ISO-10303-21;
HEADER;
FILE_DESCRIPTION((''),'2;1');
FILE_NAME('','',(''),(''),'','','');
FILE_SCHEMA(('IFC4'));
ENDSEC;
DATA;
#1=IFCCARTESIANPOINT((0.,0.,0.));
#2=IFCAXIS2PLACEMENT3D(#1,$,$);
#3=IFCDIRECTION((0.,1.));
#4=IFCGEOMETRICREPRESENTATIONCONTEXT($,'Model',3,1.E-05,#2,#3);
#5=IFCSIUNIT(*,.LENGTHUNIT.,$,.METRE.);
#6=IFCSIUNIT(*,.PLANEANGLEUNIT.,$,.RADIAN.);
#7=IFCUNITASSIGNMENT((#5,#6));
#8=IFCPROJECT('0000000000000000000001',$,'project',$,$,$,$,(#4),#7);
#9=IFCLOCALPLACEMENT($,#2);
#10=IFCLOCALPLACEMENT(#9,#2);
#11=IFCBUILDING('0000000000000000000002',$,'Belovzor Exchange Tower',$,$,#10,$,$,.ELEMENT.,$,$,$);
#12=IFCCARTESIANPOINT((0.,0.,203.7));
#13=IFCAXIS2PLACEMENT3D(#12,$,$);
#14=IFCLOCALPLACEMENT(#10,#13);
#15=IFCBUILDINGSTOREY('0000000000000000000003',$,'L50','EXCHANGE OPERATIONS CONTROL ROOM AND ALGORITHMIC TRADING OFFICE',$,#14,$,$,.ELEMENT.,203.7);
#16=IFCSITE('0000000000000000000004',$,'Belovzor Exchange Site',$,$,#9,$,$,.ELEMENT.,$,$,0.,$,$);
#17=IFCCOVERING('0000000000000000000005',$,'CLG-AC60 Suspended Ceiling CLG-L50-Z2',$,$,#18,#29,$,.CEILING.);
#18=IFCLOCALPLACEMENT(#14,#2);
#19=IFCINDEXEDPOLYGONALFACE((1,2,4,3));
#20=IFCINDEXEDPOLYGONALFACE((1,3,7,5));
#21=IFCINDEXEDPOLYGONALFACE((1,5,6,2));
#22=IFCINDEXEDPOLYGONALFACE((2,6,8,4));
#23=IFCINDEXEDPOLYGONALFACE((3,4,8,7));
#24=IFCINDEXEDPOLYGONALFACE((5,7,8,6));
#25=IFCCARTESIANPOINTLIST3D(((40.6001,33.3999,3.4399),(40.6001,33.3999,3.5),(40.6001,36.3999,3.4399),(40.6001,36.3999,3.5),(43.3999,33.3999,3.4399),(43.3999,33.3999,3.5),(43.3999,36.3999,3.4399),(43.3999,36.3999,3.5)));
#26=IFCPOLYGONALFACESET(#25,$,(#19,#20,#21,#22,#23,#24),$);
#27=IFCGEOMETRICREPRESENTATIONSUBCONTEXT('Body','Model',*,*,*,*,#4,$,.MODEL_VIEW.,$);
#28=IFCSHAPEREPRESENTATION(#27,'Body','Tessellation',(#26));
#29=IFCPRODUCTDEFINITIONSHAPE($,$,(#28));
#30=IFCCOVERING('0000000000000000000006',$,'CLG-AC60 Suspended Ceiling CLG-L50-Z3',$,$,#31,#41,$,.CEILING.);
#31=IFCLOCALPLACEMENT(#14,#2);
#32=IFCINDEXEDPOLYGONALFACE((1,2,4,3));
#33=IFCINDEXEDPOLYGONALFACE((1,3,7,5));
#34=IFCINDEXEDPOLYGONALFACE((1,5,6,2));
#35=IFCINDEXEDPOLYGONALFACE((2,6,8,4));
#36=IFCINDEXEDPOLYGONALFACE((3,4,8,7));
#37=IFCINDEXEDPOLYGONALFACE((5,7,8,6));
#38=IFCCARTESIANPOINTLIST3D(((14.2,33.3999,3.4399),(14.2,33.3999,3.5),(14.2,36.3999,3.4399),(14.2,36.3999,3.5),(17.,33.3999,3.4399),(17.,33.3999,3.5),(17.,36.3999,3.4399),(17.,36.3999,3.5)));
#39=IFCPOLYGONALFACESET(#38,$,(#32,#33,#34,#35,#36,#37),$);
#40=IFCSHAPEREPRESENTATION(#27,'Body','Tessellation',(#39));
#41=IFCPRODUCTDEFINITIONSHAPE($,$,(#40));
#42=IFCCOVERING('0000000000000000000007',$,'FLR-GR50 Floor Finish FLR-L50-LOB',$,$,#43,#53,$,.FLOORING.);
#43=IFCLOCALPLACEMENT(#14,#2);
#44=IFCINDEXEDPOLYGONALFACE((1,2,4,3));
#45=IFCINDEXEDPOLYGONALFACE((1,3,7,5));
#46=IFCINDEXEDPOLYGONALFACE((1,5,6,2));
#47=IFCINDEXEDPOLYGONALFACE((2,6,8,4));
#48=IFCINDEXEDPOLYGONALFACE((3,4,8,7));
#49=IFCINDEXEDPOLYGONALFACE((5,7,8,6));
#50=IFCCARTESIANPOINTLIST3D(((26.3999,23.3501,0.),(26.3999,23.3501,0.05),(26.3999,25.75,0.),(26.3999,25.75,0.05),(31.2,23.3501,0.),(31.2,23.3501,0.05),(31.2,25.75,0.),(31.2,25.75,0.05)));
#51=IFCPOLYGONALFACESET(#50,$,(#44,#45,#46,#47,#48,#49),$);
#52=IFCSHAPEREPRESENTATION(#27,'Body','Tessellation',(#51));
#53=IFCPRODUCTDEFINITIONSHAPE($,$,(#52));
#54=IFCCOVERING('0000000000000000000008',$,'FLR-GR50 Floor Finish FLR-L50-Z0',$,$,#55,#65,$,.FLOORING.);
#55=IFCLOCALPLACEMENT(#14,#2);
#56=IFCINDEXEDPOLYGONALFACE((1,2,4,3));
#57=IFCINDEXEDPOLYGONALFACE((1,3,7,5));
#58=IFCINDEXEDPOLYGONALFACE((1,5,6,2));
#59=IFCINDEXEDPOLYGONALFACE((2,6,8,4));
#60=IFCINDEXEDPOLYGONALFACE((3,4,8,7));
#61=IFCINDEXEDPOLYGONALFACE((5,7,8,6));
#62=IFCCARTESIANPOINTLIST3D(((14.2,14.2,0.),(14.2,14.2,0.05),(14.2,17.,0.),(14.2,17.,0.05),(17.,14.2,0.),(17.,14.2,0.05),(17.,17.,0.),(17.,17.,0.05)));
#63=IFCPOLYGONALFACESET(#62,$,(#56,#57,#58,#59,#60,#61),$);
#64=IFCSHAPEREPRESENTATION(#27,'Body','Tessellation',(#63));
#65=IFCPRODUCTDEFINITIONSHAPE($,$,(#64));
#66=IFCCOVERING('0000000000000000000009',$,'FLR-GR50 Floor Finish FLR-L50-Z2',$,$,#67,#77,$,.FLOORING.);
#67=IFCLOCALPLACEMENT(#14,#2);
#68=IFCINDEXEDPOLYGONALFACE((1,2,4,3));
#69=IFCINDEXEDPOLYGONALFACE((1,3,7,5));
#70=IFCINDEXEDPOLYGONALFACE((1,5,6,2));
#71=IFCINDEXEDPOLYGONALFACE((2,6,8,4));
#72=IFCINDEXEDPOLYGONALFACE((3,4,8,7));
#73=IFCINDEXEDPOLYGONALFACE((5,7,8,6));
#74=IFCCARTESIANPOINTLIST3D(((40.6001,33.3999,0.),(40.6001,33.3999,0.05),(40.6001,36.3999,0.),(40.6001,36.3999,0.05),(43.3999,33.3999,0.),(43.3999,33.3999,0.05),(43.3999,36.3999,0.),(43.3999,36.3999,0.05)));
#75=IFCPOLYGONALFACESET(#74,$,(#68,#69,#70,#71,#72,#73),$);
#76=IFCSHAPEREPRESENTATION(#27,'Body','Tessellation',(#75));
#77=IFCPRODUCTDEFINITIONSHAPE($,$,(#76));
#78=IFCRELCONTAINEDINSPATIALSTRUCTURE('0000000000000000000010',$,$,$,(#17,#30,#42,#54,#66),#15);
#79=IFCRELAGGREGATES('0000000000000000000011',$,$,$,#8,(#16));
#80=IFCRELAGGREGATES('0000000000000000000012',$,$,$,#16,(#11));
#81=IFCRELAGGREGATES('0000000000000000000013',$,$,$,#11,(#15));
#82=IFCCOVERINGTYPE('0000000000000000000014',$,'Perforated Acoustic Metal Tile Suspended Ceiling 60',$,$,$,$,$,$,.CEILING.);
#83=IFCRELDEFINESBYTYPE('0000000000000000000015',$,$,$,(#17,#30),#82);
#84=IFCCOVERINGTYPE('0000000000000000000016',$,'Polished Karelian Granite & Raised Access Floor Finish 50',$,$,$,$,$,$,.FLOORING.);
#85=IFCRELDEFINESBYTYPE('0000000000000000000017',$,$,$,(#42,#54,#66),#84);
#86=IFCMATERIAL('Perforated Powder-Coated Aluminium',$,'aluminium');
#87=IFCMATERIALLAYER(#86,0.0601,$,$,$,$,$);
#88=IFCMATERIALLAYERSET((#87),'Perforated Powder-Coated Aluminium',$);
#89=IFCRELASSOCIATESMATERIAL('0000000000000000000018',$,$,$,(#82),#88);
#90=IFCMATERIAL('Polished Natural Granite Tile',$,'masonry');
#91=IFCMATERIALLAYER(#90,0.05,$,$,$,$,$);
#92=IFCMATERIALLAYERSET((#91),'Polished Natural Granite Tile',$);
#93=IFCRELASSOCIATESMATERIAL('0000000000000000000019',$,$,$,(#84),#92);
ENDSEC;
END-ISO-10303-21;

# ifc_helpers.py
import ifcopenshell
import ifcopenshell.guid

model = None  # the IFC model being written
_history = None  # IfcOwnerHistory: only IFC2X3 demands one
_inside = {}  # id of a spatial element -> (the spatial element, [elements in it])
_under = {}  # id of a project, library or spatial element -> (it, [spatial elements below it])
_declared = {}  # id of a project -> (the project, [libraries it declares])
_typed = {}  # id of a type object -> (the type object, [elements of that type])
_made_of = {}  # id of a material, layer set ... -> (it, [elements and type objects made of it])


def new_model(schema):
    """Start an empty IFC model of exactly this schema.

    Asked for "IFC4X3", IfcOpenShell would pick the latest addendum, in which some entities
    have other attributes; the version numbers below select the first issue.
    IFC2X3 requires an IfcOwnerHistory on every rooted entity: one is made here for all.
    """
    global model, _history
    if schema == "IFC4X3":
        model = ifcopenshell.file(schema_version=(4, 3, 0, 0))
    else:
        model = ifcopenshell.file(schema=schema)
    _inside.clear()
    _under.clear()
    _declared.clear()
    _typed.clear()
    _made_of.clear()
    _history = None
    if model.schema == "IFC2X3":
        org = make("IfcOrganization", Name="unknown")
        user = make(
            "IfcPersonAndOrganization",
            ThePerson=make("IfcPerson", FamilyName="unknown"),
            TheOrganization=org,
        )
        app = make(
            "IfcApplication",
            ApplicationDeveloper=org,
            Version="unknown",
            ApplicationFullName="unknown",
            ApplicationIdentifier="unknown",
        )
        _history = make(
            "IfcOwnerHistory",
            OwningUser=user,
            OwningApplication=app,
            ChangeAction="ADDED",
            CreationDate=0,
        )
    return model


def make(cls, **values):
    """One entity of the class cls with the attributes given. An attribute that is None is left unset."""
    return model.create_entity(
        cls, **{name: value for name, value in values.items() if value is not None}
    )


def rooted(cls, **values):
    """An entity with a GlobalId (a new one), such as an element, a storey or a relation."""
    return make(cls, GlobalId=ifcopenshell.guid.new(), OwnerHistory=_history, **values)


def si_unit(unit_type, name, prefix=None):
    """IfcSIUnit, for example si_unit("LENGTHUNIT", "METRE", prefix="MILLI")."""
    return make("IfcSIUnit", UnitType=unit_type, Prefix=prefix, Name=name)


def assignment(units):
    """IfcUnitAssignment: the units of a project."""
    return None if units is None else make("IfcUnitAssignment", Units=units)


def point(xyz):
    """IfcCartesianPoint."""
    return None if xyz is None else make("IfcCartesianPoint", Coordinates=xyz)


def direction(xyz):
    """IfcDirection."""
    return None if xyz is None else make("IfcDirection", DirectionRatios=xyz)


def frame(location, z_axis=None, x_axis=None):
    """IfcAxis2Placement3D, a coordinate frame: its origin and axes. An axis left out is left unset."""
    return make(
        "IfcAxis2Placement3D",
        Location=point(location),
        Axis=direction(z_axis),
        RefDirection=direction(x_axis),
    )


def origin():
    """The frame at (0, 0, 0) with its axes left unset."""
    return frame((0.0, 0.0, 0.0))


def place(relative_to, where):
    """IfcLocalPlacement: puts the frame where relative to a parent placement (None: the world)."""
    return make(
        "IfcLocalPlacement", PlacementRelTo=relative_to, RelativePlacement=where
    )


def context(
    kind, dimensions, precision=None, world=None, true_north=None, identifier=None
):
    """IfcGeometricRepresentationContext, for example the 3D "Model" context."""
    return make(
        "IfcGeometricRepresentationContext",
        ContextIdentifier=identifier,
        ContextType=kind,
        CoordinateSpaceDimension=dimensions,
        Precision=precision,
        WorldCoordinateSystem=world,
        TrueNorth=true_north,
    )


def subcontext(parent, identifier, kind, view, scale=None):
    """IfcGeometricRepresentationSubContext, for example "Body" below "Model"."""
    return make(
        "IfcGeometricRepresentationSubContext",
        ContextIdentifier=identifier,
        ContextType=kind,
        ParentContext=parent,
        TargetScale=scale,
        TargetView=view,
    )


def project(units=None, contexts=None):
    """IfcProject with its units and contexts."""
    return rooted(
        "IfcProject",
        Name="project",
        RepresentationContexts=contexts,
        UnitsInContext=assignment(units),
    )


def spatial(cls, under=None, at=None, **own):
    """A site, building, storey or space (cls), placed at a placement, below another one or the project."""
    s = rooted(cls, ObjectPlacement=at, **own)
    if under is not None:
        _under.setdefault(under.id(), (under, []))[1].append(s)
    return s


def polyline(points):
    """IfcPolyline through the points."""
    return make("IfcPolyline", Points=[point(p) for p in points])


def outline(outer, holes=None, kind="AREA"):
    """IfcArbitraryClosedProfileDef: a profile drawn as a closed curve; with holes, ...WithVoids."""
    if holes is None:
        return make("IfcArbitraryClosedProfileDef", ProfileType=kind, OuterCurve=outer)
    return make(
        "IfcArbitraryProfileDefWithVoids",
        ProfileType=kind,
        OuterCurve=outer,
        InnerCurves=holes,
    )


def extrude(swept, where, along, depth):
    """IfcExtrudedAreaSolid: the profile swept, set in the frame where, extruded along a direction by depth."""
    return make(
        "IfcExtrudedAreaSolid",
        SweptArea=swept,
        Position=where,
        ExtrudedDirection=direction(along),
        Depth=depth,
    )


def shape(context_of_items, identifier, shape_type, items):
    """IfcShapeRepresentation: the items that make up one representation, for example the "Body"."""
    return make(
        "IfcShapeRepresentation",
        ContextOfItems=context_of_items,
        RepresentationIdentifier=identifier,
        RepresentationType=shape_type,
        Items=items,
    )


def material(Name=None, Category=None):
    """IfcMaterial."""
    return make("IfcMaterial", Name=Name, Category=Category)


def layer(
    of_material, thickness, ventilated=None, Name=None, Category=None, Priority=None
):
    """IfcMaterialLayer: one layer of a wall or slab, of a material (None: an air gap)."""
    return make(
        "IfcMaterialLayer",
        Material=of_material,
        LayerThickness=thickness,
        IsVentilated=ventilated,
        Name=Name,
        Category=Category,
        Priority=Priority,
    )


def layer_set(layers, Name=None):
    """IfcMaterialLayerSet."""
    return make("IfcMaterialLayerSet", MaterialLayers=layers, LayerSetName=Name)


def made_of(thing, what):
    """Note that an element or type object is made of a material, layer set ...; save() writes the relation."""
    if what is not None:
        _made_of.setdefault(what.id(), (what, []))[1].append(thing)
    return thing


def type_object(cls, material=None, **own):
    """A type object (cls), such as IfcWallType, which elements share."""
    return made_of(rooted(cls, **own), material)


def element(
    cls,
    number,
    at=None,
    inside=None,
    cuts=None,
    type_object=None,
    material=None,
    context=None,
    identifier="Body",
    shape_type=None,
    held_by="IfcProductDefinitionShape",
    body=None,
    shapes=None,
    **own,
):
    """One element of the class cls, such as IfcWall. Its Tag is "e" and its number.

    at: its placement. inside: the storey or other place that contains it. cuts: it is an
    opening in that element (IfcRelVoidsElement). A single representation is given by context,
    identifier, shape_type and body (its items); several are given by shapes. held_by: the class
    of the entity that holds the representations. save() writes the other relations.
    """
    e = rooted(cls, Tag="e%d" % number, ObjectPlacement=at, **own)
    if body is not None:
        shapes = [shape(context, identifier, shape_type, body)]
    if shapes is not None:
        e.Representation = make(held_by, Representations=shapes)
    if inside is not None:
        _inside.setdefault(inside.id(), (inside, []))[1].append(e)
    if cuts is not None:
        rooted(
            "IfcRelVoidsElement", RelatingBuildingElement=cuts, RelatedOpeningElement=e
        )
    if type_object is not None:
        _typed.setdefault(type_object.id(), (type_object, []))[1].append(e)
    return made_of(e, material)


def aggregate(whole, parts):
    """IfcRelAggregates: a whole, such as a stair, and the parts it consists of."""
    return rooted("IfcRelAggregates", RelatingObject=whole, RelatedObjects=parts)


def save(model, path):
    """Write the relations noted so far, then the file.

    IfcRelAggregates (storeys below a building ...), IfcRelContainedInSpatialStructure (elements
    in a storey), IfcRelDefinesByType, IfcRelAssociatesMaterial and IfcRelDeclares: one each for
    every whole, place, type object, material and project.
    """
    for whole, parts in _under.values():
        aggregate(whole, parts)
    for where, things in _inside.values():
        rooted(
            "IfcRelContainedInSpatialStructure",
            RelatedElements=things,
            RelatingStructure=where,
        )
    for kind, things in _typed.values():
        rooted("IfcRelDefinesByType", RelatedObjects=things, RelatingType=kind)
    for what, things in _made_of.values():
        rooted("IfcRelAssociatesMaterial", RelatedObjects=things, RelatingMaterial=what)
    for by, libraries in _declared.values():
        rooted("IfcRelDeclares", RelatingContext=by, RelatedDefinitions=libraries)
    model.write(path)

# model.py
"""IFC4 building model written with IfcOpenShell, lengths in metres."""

from ifc_helpers import new_model, si_unit, direction, frame, origin, place, context, subcontext, project, spatial, polyline, outline, extrude, material, layer, layer_set, type_object, element, save


model = new_model("IFC4")

# Units and contexts
model_context = context("Model", 3, precision=1e-05, world=origin(), true_north=direction((0.0, 1.0)))
body_context = subcontext(model_context, "Body", "Model", "MODEL_VIEW")
ifc_project = project(units=[si_unit("LENGTHUNIT", "METRE"), si_unit("PLANEANGLEUNIT", "RADIAN")], contexts=[model_context])

# Site, building, storey
site_placement = place(None, origin())
site = spatial("IfcSite", under=ifc_project, at=site_placement, Name="Belovzor Exchange Site", CompositionType="ELEMENT", RefElevation=0.0)
building_placement = place(site_placement, origin())
building = spatial("IfcBuilding", under=site, at=building_placement, Name="Belovzor Exchange Tower", CompositionType="ELEMENT")
storey_placement = place(building_placement, frame((0.0, 0.0, 203.7)))
storey = spatial("IfcBuildingStorey", under=building, at=storey_placement, Name="L50", Description="EXCHANGE OPERATIONS CONTROL ROOM AND ALGORITHMIC TRADING OFFICE", CompositionType="ELEMENT", Elevation=203.7)

# Coverings
ifc_material_1 = material(Name="Perforated Powder-Coated Aluminium", Category="aluminium")
ifc_layer_1 = layer(ifc_material_1, 0.0601)
ifc_layer_set_1 = layer_set([ifc_layer_1], Name="Perforated Powder-Coated Aluminium")
covering_type_1 = type_object("IfcCoveringType", Name="Perforated Acoustic Metal Tile Suspended Ceiling 60", PredefinedType="CEILING", material=ifc_layer_set_1)
covering_1_placement = place(storey_placement, frame((0.0, 0.0, 3.4399)))
element("IfcCovering", 1, at=covering_1_placement, inside=storey, type_object=covering_type_1, Name="CLG-AC60 Suspended Ceiling CLG-L50-Z2", PredefinedType="CEILING", context=body_context, shape_type="SweptSolid", body=[
    extrude(outline(polyline([(40.6001, 33.3999), (43.3999, 33.3999), (43.3999, 36.3999), (40.6001, 36.3999), (40.6001, 33.3999)])), origin(), (0.0, 0.0, 1.0), 0.0601),
])
covering_2_placement = place(storey_placement, frame((0.0, 0.0, 3.4399)))
element("IfcCovering", 2, at=covering_2_placement, inside=storey, type_object=covering_type_1, Name="CLG-AC60 Suspended Ceiling CLG-L50-Z3", PredefinedType="CEILING", context=body_context, shape_type="SweptSolid", body=[
    extrude(outline(polyline([(14.2, 33.3999), (17.0, 33.3999), (17.0, 36.3999), (14.2, 36.3999), (14.2, 33.3999)])), origin(), (0.0, 0.0, 1.0), 0.0601),
])
ifc_material_2 = material(Name="Polished Natural Granite Tile", Category="masonry")
ifc_layer_2 = layer(ifc_material_2, 0.05)
ifc_layer_set_2 = layer_set([ifc_layer_2], Name="Polished Natural Granite Tile")
covering_type_2 = type_object("IfcCoveringType", Name="Polished Karelian Granite & Raised Access Floor Finish 50", PredefinedType="FLOORING", material=ifc_layer_set_2)
covering_3_placement = place(storey_placement, origin())
element("IfcCovering", 3, at=covering_3_placement, inside=storey, type_object=covering_type_2, Name="FLR-GR50 Floor Finish FLR-L50-LOB", PredefinedType="FLOORING", context=body_context, shape_type="SweptSolid", body=[
    extrude(outline(polyline([(26.3999, 23.3501), (31.2, 23.3501), (31.2, 25.75), (26.3999, 25.75), (26.3999, 23.3501)])), origin(), (0.0, 0.0, 1.0), 0.05),
])
covering_4_placement = place(storey_placement, origin())
element("IfcCovering", 4, at=covering_4_placement, inside=storey, type_object=covering_type_2, Name="FLR-GR50 Floor Finish FLR-L50-Z0", PredefinedType="FLOORING", context=body_context, shape_type="SweptSolid", body=[
    extrude(outline(polyline([(14.2, 14.2), (17.0, 14.2), (17.0, 17.0), (14.2, 17.0), (14.2, 14.2)])), origin(), (0.0, 0.0, 1.0), 0.05),
])
covering_5_placement = place(storey_placement, origin())
element("IfcCovering", 5, at=covering_5_placement, inside=storey, type_object=covering_type_2, Name="FLR-GR50 Floor Finish FLR-L50-Z2", PredefinedType="FLOORING", context=body_context, shape_type="SweptSolid", body=[
    extrude(outline(polyline([(40.6001, 33.3999), (43.3999, 33.3999), (43.3999, 36.3999), (40.6001, 36.3999), (40.6001, 33.3999)])), origin(), (0.0, 0.0, 1.0), 0.05),
])

save(model, "model.ifc")
